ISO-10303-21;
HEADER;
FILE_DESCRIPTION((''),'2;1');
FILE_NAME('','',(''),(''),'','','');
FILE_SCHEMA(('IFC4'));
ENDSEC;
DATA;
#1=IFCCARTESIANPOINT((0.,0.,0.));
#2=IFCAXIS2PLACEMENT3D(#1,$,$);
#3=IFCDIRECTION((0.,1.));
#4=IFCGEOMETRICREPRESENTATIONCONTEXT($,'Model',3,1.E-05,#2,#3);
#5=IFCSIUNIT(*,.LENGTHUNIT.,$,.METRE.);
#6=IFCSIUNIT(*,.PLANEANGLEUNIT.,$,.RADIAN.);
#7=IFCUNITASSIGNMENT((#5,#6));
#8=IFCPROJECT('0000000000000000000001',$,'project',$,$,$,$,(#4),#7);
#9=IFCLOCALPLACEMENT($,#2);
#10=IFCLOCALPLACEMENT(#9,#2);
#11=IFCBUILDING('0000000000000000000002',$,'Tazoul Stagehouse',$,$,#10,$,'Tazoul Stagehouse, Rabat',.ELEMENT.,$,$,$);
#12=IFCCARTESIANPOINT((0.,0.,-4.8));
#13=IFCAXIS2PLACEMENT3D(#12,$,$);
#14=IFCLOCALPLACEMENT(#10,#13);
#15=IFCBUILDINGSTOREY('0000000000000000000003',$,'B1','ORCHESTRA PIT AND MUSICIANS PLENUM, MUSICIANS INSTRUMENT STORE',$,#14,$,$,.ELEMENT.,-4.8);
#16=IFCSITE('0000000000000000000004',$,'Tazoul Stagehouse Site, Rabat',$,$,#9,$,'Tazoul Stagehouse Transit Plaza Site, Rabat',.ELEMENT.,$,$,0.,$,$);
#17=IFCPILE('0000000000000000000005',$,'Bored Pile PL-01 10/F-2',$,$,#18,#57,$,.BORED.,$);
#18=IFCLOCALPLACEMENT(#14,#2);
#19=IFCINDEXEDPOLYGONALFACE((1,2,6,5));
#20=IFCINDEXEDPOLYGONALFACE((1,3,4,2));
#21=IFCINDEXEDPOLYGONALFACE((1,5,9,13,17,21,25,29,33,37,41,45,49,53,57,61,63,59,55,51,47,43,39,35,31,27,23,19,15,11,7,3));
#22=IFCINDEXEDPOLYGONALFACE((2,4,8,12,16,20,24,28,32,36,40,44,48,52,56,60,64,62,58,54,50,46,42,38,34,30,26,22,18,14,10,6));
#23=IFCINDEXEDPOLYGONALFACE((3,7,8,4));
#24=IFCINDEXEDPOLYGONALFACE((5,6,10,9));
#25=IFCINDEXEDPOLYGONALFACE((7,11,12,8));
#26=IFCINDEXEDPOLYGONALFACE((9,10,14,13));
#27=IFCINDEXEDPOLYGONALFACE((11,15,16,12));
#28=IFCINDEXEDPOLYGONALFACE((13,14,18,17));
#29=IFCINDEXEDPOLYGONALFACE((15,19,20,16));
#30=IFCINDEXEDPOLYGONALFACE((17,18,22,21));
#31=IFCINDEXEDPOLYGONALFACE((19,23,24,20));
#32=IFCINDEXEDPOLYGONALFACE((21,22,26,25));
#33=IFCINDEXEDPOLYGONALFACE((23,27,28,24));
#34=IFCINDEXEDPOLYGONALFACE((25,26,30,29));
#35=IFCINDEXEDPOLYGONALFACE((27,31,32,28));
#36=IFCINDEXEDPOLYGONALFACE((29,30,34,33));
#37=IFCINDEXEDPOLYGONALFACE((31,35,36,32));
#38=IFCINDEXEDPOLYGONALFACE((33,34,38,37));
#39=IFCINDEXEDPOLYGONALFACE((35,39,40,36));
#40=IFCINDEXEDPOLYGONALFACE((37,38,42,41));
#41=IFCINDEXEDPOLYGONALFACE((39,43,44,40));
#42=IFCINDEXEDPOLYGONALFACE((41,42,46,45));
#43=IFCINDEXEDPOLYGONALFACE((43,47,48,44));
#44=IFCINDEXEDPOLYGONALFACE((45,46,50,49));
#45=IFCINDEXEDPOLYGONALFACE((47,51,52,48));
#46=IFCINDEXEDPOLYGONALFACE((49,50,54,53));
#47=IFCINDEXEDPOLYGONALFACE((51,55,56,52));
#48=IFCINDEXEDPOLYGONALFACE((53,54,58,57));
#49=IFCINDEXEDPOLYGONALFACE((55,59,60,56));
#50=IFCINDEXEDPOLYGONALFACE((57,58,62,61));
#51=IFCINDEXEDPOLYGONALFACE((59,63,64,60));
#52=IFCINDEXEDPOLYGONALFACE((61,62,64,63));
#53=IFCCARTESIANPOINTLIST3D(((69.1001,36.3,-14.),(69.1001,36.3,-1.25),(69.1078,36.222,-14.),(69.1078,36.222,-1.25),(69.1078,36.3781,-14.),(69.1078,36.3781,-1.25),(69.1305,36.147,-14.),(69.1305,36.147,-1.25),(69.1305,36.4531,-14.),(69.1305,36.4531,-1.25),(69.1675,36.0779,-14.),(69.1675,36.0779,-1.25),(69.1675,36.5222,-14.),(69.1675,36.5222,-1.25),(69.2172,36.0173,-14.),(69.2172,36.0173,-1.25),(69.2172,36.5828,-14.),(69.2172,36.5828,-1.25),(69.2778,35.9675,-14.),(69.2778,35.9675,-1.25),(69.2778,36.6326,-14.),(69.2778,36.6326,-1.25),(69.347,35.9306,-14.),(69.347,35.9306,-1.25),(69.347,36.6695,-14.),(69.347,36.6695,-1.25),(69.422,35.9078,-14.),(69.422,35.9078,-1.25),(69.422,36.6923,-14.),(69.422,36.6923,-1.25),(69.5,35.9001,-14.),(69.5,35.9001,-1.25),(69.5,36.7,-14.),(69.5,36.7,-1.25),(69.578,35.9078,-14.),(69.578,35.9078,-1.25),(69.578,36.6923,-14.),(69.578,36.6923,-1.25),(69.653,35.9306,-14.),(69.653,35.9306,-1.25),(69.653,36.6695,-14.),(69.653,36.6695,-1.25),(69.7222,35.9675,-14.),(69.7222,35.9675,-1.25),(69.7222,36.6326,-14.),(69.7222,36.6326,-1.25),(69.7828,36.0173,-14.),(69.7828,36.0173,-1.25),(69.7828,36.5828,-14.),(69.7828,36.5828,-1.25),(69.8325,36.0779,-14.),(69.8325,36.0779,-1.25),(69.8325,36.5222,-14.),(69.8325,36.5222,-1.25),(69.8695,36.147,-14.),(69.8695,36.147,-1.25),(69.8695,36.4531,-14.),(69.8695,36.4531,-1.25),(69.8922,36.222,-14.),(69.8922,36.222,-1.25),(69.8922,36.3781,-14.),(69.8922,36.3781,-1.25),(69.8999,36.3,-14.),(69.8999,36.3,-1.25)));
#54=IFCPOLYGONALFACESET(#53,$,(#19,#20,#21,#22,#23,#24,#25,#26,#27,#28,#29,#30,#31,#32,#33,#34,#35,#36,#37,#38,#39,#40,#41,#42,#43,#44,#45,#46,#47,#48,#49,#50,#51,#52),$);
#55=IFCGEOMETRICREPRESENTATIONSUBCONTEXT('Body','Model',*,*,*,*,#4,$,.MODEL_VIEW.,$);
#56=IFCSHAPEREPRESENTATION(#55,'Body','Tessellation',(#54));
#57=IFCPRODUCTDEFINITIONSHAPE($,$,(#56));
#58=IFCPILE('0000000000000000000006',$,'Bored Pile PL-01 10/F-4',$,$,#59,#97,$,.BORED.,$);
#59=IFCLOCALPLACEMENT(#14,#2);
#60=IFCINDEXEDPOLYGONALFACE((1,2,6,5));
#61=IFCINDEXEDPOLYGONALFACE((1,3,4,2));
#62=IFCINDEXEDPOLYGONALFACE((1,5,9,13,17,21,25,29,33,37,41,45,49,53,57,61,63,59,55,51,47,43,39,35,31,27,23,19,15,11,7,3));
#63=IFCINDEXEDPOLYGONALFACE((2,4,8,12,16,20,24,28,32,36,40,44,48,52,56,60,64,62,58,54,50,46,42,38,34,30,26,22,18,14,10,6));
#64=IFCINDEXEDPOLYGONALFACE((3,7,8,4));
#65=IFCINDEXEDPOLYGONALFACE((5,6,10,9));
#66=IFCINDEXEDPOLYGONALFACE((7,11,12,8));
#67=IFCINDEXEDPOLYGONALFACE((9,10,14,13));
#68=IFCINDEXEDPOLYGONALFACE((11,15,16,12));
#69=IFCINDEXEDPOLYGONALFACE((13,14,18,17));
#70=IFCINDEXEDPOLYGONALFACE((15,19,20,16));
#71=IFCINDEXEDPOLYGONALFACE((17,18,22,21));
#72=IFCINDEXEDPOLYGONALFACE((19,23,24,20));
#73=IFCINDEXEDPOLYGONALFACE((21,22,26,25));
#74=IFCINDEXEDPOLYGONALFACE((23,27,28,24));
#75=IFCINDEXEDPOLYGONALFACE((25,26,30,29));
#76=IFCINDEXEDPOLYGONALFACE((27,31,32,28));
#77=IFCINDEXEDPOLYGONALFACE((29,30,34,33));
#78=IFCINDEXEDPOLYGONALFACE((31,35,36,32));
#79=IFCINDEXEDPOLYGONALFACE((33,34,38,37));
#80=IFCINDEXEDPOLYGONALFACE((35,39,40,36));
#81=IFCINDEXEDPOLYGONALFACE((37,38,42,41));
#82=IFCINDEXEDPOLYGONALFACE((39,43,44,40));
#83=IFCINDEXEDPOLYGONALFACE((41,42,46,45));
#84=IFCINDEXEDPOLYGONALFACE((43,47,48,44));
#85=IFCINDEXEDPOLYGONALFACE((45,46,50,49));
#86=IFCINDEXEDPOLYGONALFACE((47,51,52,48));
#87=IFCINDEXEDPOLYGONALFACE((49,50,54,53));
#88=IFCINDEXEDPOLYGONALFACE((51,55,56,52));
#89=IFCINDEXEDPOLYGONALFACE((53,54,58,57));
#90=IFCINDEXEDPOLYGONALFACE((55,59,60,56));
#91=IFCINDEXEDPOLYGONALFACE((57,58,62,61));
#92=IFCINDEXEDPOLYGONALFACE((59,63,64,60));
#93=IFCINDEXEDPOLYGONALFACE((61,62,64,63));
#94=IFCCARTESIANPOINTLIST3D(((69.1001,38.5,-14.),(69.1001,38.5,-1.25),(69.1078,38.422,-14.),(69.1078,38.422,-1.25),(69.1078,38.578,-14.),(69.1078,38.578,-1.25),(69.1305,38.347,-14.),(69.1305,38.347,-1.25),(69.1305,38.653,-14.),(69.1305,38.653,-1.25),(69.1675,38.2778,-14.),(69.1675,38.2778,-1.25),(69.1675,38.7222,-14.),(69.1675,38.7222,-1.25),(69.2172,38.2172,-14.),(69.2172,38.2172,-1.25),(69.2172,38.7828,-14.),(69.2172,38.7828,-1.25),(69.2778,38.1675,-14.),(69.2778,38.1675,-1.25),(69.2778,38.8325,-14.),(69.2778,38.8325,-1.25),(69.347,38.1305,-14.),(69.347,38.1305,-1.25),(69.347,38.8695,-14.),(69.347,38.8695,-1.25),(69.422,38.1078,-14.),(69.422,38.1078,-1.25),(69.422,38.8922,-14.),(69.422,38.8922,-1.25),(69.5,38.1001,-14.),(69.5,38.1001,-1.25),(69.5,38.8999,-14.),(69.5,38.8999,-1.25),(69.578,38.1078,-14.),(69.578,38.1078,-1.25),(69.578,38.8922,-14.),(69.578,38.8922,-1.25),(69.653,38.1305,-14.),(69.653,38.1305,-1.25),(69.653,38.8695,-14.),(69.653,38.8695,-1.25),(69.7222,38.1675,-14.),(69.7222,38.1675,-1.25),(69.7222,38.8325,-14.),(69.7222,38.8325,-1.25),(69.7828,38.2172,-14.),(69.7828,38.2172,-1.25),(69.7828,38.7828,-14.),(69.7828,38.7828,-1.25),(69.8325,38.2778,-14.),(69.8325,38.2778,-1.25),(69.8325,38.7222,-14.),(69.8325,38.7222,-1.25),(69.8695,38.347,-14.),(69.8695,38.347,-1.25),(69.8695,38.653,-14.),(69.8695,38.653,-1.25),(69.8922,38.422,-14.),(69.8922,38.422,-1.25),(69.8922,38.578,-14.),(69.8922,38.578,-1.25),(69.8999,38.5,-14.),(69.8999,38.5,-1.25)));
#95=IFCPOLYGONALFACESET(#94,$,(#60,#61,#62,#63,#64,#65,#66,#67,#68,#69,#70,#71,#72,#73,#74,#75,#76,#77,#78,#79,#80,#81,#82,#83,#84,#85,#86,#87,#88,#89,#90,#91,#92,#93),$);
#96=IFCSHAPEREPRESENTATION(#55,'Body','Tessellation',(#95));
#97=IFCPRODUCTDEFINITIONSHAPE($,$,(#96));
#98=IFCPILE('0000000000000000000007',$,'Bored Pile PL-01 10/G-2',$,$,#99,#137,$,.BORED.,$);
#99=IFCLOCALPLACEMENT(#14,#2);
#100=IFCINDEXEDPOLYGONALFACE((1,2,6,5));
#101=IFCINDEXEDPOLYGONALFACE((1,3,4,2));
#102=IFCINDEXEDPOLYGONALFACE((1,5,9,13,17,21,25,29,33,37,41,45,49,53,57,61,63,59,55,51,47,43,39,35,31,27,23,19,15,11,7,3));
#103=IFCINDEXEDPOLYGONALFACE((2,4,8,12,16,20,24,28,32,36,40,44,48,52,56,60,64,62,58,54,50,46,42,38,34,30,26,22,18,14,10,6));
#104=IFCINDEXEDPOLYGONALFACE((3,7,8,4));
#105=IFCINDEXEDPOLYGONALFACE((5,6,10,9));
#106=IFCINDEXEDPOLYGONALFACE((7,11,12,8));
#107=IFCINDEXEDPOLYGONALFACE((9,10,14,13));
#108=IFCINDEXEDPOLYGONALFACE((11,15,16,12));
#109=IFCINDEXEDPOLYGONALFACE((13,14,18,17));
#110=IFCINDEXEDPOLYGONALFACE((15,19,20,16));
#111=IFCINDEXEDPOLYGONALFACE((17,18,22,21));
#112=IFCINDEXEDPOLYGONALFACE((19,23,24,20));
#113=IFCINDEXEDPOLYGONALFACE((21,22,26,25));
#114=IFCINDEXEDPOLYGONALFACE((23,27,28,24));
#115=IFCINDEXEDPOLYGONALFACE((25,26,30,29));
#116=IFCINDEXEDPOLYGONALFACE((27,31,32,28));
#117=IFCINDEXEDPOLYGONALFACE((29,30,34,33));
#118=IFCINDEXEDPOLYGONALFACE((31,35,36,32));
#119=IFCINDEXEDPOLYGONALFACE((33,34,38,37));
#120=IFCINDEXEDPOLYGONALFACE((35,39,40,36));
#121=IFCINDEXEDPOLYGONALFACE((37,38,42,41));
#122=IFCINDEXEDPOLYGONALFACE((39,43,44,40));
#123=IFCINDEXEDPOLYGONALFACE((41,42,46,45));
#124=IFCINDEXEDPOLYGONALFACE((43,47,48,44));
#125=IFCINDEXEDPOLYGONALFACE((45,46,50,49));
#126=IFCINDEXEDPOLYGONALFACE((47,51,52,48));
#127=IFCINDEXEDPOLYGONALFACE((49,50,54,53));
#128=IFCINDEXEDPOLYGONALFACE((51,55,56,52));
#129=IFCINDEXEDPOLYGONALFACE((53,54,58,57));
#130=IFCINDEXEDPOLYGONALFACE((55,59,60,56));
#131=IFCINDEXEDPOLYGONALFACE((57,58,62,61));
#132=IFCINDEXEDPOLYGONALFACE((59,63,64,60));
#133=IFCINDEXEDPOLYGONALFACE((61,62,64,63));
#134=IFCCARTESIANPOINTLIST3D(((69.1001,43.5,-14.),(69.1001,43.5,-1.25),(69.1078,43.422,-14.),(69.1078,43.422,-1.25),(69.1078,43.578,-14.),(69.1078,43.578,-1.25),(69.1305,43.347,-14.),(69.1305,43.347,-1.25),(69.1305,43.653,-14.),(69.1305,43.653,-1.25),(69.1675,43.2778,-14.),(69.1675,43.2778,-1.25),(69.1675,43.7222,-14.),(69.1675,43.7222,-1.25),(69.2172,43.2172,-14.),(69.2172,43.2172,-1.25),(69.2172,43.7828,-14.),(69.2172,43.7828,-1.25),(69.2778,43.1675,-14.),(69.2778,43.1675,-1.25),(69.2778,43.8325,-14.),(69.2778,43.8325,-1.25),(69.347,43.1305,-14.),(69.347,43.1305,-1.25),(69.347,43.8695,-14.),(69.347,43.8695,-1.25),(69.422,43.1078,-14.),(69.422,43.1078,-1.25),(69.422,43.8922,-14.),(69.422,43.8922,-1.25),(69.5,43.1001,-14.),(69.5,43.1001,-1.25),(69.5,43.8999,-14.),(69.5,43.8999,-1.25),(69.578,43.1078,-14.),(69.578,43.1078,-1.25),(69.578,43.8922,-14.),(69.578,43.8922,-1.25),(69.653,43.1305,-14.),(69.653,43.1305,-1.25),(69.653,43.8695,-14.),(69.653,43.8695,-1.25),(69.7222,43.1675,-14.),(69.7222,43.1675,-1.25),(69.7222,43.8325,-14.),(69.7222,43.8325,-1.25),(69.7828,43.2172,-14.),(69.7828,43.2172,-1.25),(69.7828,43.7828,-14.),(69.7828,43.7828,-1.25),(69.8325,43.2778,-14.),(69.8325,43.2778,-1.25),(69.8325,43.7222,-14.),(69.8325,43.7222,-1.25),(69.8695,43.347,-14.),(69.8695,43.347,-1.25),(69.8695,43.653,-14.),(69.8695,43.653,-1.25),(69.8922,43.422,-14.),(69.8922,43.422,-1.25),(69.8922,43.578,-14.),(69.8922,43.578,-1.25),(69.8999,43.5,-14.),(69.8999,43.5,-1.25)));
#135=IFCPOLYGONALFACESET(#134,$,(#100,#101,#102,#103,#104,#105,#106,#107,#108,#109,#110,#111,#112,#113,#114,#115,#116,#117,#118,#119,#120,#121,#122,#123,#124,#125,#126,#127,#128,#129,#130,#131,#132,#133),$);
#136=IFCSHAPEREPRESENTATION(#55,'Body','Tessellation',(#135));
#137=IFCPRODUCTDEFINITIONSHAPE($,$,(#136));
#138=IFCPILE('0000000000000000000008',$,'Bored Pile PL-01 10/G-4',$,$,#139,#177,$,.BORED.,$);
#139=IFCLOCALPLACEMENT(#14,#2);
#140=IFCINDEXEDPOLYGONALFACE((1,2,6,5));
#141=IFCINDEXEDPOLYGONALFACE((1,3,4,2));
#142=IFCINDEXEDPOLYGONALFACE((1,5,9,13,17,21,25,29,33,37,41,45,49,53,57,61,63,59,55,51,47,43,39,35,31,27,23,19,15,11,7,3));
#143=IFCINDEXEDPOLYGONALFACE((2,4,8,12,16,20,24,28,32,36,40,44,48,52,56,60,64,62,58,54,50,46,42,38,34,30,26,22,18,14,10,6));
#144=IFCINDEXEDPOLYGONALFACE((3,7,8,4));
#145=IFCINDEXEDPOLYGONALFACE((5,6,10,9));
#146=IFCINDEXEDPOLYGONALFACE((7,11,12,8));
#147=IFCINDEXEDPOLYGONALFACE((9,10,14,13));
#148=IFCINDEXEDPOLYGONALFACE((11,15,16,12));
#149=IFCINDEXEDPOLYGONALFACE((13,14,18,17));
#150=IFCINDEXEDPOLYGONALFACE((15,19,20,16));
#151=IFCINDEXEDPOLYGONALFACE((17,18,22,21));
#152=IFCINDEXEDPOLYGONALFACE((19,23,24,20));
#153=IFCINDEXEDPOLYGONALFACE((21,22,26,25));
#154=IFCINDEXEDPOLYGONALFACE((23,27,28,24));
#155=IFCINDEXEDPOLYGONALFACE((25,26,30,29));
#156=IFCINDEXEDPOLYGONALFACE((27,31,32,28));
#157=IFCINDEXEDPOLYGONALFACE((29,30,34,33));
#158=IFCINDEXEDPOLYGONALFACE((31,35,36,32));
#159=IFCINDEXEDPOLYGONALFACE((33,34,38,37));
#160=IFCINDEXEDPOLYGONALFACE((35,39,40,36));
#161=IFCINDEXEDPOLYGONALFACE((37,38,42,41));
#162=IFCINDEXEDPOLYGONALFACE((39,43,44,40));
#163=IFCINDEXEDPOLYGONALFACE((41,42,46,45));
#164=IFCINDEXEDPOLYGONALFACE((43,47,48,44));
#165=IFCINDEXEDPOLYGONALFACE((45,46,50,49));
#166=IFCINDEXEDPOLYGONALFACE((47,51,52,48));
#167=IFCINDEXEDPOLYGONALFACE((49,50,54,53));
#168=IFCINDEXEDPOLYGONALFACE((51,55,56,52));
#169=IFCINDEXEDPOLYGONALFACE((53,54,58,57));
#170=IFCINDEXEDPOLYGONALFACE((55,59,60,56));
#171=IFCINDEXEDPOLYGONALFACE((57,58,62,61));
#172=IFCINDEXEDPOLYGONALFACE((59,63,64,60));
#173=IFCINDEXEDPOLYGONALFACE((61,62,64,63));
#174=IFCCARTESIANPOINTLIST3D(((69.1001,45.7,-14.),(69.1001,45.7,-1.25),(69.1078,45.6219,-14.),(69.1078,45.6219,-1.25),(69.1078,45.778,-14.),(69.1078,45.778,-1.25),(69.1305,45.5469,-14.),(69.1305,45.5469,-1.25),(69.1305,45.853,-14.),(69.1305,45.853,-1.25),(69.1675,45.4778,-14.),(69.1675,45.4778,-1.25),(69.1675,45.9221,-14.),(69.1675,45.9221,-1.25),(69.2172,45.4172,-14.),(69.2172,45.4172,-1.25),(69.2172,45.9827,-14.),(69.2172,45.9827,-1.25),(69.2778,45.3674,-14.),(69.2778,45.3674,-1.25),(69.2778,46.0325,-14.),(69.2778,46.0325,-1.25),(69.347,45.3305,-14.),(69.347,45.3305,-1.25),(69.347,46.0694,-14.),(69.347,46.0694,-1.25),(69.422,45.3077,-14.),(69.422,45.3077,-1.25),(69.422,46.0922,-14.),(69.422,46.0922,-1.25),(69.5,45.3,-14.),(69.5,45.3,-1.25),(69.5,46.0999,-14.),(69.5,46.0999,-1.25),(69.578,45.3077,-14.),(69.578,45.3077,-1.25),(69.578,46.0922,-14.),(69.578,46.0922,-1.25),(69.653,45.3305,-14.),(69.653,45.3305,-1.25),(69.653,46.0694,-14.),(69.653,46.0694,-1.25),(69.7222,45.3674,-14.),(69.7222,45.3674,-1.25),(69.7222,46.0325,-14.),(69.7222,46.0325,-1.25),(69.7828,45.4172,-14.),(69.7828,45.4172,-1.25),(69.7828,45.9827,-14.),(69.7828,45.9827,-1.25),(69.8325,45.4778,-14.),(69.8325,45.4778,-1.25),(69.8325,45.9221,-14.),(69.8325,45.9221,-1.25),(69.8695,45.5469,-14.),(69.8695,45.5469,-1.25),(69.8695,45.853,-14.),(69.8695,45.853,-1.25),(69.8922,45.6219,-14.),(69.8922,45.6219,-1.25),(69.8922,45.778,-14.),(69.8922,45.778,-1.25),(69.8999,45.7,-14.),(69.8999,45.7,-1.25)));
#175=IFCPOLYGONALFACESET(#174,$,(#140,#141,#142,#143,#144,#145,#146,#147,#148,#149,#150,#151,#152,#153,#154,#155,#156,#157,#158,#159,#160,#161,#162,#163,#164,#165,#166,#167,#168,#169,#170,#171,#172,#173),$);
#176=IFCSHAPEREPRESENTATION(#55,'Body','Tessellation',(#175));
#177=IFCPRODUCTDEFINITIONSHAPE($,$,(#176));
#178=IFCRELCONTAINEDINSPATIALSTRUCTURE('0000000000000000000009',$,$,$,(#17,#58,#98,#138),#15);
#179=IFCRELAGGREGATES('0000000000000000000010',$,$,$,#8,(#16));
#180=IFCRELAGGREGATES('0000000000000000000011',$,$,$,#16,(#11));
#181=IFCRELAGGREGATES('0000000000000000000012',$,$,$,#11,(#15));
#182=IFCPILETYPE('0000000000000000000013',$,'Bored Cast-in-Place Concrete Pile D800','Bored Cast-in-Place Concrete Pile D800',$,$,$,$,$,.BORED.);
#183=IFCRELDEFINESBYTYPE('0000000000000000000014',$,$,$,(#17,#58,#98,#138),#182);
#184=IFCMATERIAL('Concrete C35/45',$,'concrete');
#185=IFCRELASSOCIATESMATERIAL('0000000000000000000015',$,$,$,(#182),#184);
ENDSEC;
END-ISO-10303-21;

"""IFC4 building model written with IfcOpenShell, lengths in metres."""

from ifc_helpers import new_model, si_unit, direction, frame, origin, origin_2d, place, context, subcontext, project, spatial, circle, extrude, material, material_profile, profile_set, type_object, element, save


model = new_model("IFC4")

# Units and contexts
model_context = context("Model", 3, precision=1e-05, world=origin(), true_north=direction((0.0, 1.0)))
body_context = subcontext(model_context, "Body", "Model", "MODEL_VIEW")
ifc_project = project(units=[si_unit("LENGTHUNIT", "METRE"), si_unit("PLANEANGLEUNIT", "RADIAN")], contexts=[model_context])

# Site, building, storey
site_placement = place(None, origin())
site = spatial("IfcSite", under=ifc_project, at=site_placement, Name="Tazoul Stagehouse Site, Rabat", LongName="Tazoul Stagehouse Transit Plaza Site, Rabat", CompositionType="ELEMENT", RefElevation=0.0)
building_placement = place(site_placement, origin())
building = spatial("IfcBuilding", under=site, at=building_placement, Name="Tazoul Stagehouse", LongName="Tazoul Stagehouse, Rabat", CompositionType="ELEMENT")
storey_placement = place(building_placement, frame((0.0, 0.0, -4.8)))
storey = spatial("IfcBuildingStorey", under=building, at=storey_placement, Name="B1", Description="ORCHESTRA PIT AND MUSICIANS PLENUM, MUSICIANS INSTRUMENT STORE", CompositionType="ELEMENT", Elevation=-4.8)

# Piles
ifc_material_1 = material(Name="Concrete C35/45", Category="concrete")
ifc_material_profile_1 = material_profile(ifc_material_1, circle(Radius=0.3999, at=origin_2d()), Name="BORED PILE 800")
ifc_profile_set_1 = profile_set([ifc_material_profile_1], Name="Concrete C35/45")
pile_type_1 = type_object("IfcPileType", Name="Bored Cast-in-Place Concrete Pile D800", Description="Bored Cast-in-Place Concrete Pile D800", PredefinedType="BORED", material=ifc_profile_set_1)
for number, where, z_axis, x_axis, name in (
    (1, (69.5, 36.3, -1.25), (0.0, 0.0, -1.0), (1.0, 0.0, 0.0), "Bored Pile PL-01 10/F-2"),
    (2, (69.5, 38.5, -1.25), (0.0, 0.0, -1.0), (1.0, 0.0, 0.0), "Bored Pile PL-01 10/F-4"),
    (3, (69.5, 43.5, -1.25), (0.0, 0.0, -1.0), (1.0, 0.0, 0.0), "Bored Pile PL-01 10/G-2"),
    (4, (69.5, 45.7, -1.25), (0.0, 0.0, -1.0), (1.0, 0.0, 0.0), "Bored Pile PL-01 10/G-4"),
):
    element("IfcPile", number, at=place(storey_placement, frame(where, z_axis=z_axis, x_axis=x_axis)), inside=storey, type_object=pile_type_1, Name=name, PredefinedType="BORED", context=body_context, shape_type="SweptSolid", body=[
        extrude(circle(Radius=0.3999, at=origin_2d()), origin(), (0.0, 0.0, 1.0), 12.75),
    ])

save(model, "model.ifc")
